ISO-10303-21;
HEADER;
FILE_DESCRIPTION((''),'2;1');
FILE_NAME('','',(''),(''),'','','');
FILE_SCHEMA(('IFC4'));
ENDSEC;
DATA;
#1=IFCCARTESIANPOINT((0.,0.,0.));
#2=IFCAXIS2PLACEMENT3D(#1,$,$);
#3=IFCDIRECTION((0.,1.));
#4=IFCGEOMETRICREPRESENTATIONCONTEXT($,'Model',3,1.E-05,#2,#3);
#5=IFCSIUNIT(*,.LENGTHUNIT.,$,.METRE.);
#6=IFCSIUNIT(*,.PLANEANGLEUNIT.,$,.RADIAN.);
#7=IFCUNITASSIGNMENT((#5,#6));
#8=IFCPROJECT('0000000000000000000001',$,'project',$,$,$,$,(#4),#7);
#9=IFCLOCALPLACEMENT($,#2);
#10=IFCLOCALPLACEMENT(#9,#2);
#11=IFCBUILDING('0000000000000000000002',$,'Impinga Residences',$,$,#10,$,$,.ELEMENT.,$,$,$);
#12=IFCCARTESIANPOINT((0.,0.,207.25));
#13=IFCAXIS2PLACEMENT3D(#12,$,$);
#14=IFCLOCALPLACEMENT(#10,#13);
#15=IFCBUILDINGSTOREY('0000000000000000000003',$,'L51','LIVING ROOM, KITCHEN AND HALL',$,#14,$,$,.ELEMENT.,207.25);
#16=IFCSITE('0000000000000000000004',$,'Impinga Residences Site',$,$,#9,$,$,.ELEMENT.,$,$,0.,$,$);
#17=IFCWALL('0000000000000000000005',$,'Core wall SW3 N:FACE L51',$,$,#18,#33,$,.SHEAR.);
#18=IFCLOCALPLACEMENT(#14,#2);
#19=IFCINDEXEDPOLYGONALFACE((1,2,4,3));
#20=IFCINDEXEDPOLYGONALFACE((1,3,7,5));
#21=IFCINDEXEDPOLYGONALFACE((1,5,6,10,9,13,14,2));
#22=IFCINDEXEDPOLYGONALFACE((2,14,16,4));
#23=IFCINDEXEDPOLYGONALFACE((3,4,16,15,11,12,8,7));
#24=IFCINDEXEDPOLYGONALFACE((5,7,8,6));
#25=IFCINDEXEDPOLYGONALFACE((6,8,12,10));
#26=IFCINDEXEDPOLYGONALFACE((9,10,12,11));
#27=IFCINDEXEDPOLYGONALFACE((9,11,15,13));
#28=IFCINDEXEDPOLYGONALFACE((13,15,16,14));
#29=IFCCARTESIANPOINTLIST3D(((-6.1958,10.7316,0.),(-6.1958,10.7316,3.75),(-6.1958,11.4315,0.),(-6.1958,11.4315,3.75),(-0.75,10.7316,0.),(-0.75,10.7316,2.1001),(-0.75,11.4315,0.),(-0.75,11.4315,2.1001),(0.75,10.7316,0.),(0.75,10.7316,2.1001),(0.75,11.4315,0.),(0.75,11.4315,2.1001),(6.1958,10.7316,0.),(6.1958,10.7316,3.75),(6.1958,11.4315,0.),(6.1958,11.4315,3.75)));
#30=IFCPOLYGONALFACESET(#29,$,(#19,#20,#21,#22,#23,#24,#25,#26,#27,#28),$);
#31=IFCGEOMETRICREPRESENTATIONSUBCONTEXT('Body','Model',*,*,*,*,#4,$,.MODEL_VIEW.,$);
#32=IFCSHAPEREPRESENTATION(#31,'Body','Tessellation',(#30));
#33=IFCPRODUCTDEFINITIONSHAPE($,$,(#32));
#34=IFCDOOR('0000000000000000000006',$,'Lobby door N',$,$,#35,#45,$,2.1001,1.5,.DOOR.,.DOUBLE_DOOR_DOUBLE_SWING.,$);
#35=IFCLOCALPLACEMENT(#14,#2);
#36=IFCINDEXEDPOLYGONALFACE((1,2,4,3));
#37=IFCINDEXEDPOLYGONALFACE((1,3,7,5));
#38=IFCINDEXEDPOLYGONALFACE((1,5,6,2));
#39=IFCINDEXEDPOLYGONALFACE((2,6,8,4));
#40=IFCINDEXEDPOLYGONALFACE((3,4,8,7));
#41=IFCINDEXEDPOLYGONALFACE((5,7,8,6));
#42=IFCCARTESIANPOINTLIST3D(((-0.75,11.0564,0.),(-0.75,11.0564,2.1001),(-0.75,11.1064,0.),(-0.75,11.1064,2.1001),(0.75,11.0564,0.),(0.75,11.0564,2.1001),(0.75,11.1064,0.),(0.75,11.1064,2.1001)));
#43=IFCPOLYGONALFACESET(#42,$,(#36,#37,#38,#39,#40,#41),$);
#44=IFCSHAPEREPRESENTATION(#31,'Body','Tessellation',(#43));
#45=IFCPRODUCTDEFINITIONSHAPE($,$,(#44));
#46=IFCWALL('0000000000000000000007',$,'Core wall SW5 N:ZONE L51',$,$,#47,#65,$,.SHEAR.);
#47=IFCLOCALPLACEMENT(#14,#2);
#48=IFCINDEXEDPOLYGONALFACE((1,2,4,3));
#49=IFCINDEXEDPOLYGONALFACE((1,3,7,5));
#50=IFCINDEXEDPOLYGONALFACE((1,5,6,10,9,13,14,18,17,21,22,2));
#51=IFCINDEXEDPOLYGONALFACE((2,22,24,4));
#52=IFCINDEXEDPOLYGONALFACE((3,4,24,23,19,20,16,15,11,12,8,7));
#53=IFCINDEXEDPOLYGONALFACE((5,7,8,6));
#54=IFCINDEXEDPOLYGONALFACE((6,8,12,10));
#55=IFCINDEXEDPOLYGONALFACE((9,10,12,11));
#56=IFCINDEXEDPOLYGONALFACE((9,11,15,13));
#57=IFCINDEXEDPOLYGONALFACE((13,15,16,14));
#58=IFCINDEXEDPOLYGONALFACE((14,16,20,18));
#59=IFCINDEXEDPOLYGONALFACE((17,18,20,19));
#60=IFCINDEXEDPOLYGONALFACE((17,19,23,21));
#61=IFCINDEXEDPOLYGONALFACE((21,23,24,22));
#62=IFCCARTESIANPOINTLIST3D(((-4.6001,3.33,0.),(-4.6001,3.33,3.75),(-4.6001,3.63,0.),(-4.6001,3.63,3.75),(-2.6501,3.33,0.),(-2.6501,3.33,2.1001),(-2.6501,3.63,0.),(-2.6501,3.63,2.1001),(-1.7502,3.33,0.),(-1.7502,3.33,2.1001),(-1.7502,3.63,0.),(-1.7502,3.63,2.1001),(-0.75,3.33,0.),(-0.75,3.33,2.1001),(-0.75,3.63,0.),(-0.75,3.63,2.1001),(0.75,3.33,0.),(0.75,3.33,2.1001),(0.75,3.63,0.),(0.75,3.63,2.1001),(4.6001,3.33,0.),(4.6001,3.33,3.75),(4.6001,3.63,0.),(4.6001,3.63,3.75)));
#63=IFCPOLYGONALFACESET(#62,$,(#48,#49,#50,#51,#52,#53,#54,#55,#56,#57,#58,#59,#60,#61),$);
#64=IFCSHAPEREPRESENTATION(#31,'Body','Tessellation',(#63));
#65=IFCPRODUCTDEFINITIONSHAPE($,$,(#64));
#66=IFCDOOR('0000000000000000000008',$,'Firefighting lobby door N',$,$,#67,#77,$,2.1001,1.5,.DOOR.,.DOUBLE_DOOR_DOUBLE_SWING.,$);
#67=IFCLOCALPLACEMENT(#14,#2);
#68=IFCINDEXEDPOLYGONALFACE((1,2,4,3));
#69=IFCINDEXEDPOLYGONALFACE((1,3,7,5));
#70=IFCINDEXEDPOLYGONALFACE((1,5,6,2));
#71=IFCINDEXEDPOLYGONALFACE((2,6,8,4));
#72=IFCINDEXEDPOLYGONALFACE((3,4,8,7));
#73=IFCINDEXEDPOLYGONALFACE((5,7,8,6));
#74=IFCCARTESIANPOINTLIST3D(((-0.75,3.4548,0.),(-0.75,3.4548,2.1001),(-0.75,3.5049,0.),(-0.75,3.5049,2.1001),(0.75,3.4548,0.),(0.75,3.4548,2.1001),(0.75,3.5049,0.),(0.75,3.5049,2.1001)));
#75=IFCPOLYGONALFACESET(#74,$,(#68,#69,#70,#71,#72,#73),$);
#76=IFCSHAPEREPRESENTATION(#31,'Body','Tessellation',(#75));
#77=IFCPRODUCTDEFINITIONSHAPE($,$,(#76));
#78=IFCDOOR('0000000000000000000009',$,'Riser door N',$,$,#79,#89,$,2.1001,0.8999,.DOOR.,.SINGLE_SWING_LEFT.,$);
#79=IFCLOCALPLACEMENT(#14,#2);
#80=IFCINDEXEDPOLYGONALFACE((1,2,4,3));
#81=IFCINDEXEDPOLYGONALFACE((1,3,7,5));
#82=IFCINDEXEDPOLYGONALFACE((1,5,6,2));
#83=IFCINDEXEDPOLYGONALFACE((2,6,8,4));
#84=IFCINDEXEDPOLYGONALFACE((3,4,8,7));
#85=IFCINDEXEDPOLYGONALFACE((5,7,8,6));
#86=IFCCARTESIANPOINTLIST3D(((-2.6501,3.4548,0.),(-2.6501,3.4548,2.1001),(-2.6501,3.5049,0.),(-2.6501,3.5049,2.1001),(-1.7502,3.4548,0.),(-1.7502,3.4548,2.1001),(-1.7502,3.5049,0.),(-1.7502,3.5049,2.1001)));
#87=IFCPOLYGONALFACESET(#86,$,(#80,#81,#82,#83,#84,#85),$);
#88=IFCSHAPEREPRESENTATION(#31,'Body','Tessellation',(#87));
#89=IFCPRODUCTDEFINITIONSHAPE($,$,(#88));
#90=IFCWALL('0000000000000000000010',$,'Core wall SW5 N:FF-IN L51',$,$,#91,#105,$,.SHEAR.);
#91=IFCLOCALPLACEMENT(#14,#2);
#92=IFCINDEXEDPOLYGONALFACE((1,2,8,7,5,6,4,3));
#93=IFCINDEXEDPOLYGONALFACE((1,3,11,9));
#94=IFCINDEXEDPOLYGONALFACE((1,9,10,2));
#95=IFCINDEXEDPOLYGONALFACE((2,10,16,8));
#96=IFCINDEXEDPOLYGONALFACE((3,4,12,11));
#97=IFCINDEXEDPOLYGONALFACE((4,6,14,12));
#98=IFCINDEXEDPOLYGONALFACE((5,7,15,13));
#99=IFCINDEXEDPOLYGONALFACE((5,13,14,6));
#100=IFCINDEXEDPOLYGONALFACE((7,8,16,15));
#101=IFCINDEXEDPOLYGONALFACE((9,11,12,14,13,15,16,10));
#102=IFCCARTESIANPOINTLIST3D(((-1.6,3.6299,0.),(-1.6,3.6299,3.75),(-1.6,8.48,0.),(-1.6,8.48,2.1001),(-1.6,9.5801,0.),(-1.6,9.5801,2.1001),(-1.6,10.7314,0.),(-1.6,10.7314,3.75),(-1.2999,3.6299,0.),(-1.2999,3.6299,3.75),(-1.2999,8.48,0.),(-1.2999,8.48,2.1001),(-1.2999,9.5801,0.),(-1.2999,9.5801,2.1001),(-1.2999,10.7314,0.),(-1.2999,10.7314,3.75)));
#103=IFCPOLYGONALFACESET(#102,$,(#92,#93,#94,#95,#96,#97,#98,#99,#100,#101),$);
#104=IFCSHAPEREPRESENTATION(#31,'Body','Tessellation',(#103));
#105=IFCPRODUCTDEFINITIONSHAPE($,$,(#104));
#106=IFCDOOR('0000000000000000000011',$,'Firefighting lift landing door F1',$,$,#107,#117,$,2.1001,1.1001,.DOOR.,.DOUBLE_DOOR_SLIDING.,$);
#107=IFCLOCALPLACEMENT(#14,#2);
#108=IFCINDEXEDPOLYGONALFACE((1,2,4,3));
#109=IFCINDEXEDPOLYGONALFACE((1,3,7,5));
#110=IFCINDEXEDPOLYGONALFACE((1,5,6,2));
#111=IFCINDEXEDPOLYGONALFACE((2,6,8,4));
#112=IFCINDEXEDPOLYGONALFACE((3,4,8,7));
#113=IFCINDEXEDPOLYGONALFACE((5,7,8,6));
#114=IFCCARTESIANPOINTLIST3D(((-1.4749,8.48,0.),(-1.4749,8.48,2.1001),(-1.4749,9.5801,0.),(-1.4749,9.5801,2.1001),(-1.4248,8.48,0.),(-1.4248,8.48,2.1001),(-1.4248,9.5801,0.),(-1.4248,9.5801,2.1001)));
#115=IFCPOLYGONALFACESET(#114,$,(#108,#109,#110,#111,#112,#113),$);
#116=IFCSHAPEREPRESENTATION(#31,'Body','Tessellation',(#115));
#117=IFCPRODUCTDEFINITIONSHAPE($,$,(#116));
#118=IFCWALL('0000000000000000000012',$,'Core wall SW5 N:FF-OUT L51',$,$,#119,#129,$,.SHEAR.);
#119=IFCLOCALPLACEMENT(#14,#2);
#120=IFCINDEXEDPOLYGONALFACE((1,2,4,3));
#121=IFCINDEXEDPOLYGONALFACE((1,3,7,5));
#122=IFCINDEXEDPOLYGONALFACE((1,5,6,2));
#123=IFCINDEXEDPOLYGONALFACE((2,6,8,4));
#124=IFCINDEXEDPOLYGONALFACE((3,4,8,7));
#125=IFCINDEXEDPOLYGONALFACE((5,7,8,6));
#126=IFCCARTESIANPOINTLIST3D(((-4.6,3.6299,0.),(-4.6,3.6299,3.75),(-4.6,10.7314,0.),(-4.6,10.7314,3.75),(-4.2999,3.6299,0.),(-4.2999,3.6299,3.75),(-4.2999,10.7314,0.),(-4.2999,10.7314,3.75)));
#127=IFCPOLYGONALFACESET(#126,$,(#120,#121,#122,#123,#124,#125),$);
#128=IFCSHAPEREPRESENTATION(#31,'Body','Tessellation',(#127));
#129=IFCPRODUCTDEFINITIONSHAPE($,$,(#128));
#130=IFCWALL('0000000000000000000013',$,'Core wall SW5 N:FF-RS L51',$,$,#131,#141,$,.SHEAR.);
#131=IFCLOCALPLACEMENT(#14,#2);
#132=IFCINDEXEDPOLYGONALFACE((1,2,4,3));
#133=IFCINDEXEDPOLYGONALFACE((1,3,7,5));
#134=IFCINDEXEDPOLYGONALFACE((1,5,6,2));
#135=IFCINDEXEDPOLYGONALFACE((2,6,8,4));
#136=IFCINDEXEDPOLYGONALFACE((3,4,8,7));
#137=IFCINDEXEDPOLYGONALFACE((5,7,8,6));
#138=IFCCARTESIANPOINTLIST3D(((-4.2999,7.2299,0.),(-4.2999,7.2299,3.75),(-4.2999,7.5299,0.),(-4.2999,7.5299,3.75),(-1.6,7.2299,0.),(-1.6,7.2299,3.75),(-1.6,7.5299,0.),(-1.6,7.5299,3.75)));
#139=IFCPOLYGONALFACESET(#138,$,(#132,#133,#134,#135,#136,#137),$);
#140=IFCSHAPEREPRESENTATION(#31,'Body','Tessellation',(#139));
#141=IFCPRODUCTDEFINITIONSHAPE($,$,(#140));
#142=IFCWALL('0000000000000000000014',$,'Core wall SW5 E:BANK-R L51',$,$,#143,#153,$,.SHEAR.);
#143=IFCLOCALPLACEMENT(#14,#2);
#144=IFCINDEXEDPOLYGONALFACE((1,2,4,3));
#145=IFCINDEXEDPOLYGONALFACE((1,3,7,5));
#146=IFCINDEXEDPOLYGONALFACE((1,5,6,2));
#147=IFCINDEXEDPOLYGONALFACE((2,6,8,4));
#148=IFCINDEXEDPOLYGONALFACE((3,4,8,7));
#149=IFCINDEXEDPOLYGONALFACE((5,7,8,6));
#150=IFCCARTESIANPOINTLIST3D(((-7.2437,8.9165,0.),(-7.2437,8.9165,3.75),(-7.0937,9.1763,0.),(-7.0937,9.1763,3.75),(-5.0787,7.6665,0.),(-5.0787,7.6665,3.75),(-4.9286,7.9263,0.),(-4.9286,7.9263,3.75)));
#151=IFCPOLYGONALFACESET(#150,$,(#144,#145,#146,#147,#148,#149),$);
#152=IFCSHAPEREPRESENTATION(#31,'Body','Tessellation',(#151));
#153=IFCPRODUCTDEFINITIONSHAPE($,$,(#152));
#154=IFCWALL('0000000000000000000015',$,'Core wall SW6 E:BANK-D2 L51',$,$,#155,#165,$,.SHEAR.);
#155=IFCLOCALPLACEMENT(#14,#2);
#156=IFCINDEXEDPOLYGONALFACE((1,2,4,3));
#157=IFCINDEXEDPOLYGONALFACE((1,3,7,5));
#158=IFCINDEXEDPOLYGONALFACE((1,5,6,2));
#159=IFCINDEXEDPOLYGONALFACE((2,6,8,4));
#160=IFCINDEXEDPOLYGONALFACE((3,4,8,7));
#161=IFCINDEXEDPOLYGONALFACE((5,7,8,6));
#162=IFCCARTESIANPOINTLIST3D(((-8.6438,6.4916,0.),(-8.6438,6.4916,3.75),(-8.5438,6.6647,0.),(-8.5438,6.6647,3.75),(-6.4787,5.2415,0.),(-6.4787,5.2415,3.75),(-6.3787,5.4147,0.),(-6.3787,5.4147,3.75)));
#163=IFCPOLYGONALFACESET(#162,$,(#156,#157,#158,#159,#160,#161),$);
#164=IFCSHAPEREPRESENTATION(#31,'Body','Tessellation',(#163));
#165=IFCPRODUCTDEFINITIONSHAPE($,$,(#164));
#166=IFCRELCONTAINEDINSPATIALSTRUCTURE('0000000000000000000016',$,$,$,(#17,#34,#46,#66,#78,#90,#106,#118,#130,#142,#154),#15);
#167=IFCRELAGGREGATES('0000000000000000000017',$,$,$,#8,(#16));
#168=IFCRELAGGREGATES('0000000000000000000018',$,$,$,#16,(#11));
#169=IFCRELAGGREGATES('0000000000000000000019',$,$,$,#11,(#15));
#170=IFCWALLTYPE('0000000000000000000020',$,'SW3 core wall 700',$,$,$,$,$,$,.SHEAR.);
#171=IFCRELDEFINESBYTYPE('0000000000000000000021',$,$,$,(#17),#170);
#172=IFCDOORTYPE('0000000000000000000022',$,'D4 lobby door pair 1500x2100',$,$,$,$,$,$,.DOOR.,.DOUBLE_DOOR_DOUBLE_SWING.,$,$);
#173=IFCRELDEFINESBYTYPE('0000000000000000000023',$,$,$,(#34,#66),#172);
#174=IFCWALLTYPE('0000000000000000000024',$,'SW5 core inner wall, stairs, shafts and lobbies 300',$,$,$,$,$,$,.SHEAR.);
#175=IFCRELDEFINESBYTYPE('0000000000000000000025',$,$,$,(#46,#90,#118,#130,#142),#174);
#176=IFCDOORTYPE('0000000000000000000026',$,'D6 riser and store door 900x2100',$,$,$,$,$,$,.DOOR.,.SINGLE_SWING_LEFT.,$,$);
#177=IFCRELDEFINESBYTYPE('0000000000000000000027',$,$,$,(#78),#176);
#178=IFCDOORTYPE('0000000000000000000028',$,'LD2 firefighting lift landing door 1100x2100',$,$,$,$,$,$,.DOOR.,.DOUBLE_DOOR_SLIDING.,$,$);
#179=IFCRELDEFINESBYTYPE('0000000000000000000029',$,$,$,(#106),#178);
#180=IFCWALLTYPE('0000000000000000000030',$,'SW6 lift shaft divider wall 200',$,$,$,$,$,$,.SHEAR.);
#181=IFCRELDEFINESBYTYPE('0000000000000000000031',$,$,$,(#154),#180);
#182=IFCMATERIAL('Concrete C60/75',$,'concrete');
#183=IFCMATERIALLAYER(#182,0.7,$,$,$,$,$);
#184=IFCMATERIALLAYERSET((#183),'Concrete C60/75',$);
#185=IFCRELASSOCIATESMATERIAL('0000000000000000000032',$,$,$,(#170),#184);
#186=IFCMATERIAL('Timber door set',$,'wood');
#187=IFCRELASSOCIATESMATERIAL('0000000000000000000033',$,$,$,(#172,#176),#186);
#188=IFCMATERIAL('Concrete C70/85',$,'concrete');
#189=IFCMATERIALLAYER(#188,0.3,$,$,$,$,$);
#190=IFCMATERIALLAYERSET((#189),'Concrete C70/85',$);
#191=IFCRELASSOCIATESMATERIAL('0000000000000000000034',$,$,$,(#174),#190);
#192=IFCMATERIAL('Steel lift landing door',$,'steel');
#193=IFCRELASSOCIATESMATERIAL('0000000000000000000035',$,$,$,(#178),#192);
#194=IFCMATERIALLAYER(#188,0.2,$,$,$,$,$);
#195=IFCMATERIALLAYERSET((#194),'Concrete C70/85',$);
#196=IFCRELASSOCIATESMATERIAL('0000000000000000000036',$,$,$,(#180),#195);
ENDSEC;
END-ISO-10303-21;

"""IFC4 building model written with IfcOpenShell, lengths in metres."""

from ifc_helpers import new_model, si_unit, direction, frame, frame_2d, origin, place, context, subcontext, project, spatial, rectangle, extrude, material, layer, layer_set, type_object, element, fill, save


model = new_model("IFC4")

# Units and contexts
model_context = context("Model", 3, precision=1e-05, world=origin(), true_north=direction((0.0, 1.0)))
body_context = subcontext(model_context, "Body", "Model", "MODEL_VIEW")
ifc_project = project(units=[si_unit("LENGTHUNIT", "METRE"), si_unit("PLANEANGLEUNIT", "RADIAN")], contexts=[model_context])

# Site, building, storey
site_placement = place(None, origin())
site = spatial("IfcSite", under=ifc_project, at=site_placement, Name="Impinga Residences Site", CompositionType="ELEMENT", RefElevation=0.0)
building_placement = place(site_placement, origin())
building = spatial("IfcBuilding", under=site, at=building_placement, Name="Impinga Residences", CompositionType="ELEMENT")
storey_placement = place(building_placement, frame((0.0, 0.0, 207.25)))
storey = spatial("IfcBuildingStorey", under=building, at=storey_placement, Name="L51", Description="LIVING ROOM, KITCHEN AND HALL", CompositionType="ELEMENT", Elevation=207.25)

# Shared definitions
ifc_material_1 = material(Name="Concrete C60/75", Category="concrete")
ifc_material_2 = material(Name="Timber door set", Category="wood")

# Wall, opening, door
ifc_layer_1 = layer(ifc_material_1, 0.7)
ifc_layer_set_1 = layer_set([ifc_layer_1], Name="Concrete C60/75")
wall_type_1 = type_object("IfcWallType", Name="SW3 core wall 700", PredefinedType="SHEAR", material=ifc_layer_set_1)
wall_1_placement = place(storey_placement, frame((-6.1958, 11.0815, 0.0), z_axis=(0.0, 0.0, 1.0), x_axis=(1.0, 0.0, 0.0)))
wall_1 = element("IfcWall", 1, at=wall_1_placement, inside=storey, type_object=wall_type_1, Name="Core wall SW3 N:FACE L51", PredefinedType="SHEAR", context=body_context, shape_type="SweptSolid", body=[
    extrude(rectangle(XDim=12.3916, YDim=0.7, at=frame_2d((6.1958, 0.0))), origin(), (0.0, 0.0, 1.0), 3.75),
])
opening_1_placement = place(wall_1_placement, frame((5.4458, 0.0, 0.0)))
opening_1 = element("IfcOpeningElement", 2, at=opening_1_placement, cuts=wall_1, PredefinedType="OPENING", context=body_context, shape_type="SweptSolid", body=[
    extrude(rectangle(XDim=1.5, YDim=2.1001, at=frame_2d((0.75, 1.05))), frame((0.0, 0.3599, 0.0), z_axis=(0.0, -1.0, 0.0), x_axis=(1.0, 0.0, 0.0)), (0.0, 0.0, 1.0), 0.72),
])
door_type_1 = type_object("IfcDoorType", Name="D4 lobby door pair 1500x2100", OperationType="DOUBLE_DOOR_DOUBLE_SWING", PredefinedType="DOOR", material=ifc_material_2)
door_1_placement = place(opening_1_placement, origin())
door_1 = element("IfcDoor", 3, at=door_1_placement, inside=storey, type_object=door_type_1, Name="Lobby door N", OperationType="DOUBLE_DOOR_DOUBLE_SWING", OverallHeight=2.1001, OverallWidth=1.5, PredefinedType="DOOR", context=body_context, shape_type="SweptSolid", body=[
    extrude(rectangle(XDim=1.5, YDim=2.1001, at=frame_2d((0.75, 1.05))), frame((0.0, 0.0249, 0.0), z_axis=(0.0, -1.0, 0.0), x_axis=(1.0, 0.0, 0.0)), (0.0, 0.0, 1.0), 0.05),
])
fill(opening_1, door_1)

# Wall, openings, doors
ifc_material_3 = material(Name="Concrete C70/85", Category="concrete")
ifc_layer_2 = layer(ifc_material_3, 0.3)
ifc_layer_set_2 = layer_set([ifc_layer_2], Name="Concrete C70/85")
wall_type_2 = type_object("IfcWallType", Name="SW5 core inner wall, stairs, shafts and lobbies 300", PredefinedType="SHEAR", material=ifc_layer_set_2)
wall_2_placement = place(storey_placement, frame((-4.6001, 3.48, 0.0), z_axis=(0.0, 0.0, 1.0), x_axis=(1.0, 0.0, 0.0)))
wall_2 = element("IfcWall", 4, at=wall_2_placement, inside=storey, type_object=wall_type_2, Name="Core wall SW5 N:ZONE L51", PredefinedType="SHEAR", context=body_context, shape_type="SweptSolid", body=[
    extrude(rectangle(XDim=9.2002, YDim=0.3, at=frame_2d((4.6001, 0.0))), origin(), (0.0, 0.0, 1.0), 3.75),
])
opening_2_placement = place(wall_2_placement, frame((3.8501, 0.0, 0.0)))
opening_2 = element("IfcOpeningElement", 5, at=opening_2_placement, cuts=wall_2, PredefinedType="OPENING", context=body_context, shape_type="SweptSolid", body=[
    extrude(rectangle(XDim=1.5, YDim=2.1001, at=frame_2d((0.75, 1.05))), frame((0.0, 0.1599, 0.0), z_axis=(0.0, -1.0, 0.0), x_axis=(1.0, 0.0, 0.0)), (0.0, 0.0, 1.0), 0.3201),
])
opening_3_placement = place(wall_2_placement, frame((1.95, 0.0, 0.0)))
opening_3 = element("IfcOpeningElement", 6, at=opening_3_placement, cuts=wall_2, PredefinedType="OPENING", context=body_context, shape_type="SweptSolid", body=[
    extrude(rectangle(XDim=0.8999, YDim=2.1001, at=frame_2d((0.45, 1.05))), frame((0.0, 0.1599, 0.0), z_axis=(0.0, -1.0, 0.0), x_axis=(1.0, 0.0, 0.0)), (0.0, 0.0, 1.0), 0.3201),
])
door_2_placement = place(opening_2_placement, origin())
door_2 = element("IfcDoor", 7, at=door_2_placement, inside=storey, type_object=door_type_1, Name="Firefighting lobby door N", OperationType="DOUBLE_DOOR_DOUBLE_SWING", OverallHeight=2.1001, OverallWidth=1.5, PredefinedType="DOOR", context=body_context, shape_type="SweptSolid", body=[
    extrude(rectangle(XDim=1.5, YDim=2.1001, at=frame_2d((0.75, 1.05))), frame((0.0, 0.0249, 0.0), z_axis=(0.0, -1.0, 0.0), x_axis=(1.0, 0.0, 0.0)), (0.0, 0.0, 1.0), 0.05),
])
fill(opening_2, door_2)
door_type_2 = type_object("IfcDoorType", Name="D6 riser and store door 900x2100", OperationType="SINGLE_SWING_LEFT", PredefinedType="DOOR", material=ifc_material_2)
door_3_placement = place(opening_3_placement, origin())
door_3 = element("IfcDoor", 8, at=door_3_placement, inside=storey, type_object=door_type_2, Name="Riser door N", OperationType="SINGLE_SWING_LEFT", OverallHeight=2.1001, OverallWidth=0.8999, PredefinedType="DOOR", context=body_context, shape_type="SweptSolid", body=[
    extrude(rectangle(XDim=0.8999, YDim=2.1001, at=frame_2d((0.45, 1.05))), frame((0.0, 0.0249, 0.0), z_axis=(0.0, -1.0, 0.0), x_axis=(1.0, 0.0, 0.0)), (0.0, 0.0, 1.0), 0.05),
])
fill(opening_3, door_3)

# Wall, opening, door
wall_3_placement = place(storey_placement, frame((-1.45, 3.6299, 0.0), z_axis=(0.0, 0.0, 1.0), x_axis=(0.0, 1.0, 0.0)))
wall_3 = element("IfcWall", 9, at=wall_3_placement, inside=storey, type_object=wall_type_2, Name="Core wall SW5 N:FF-IN L51", PredefinedType="SHEAR", context=body_context, shape_type="SweptSolid", body=[
    extrude(rectangle(XDim=7.1016, YDim=0.3, at=frame_2d((3.5508, 0.0))), origin(), (0.0, 0.0, 1.0), 3.75),
])
opening_4_placement = place(wall_3_placement, frame((4.8501, 0.0, 0.0)))
opening_4 = element("IfcOpeningElement", 10, at=opening_4_placement, cuts=wall_3, PredefinedType="OPENING", context=body_context, shape_type="SweptSolid", body=[
    extrude(rectangle(XDim=1.1001, YDim=2.1001, at=frame_2d((0.55, 1.05))), frame((0.0, 0.1599, 0.0), z_axis=(0.0, -1.0, 0.0), x_axis=(1.0, 0.0, 0.0)), (0.0, 0.0, 1.0), 0.3201),
])
ifc_material_4 = material(Name="Steel lift landing door", Category="steel")
door_type_3 = type_object("IfcDoorType", Name="LD2 firefighting lift landing door 1100x2100", OperationType="DOUBLE_DOOR_SLIDING", PredefinedType="DOOR", material=ifc_material_4)
door_4_placement = place(opening_4_placement, origin())
door_4 = element("IfcDoor", 11, at=door_4_placement, inside=storey, type_object=door_type_3, Name="Firefighting lift landing door F1", OperationType="DOUBLE_DOOR_SLIDING", OverallHeight=2.1001, OverallWidth=1.1001, PredefinedType="DOOR", context=body_context, shape_type="SweptSolid", body=[
    extrude(rectangle(XDim=1.1001, YDim=2.1001, at=frame_2d((0.55, 1.05))), frame((0.0, 0.0249, 0.0), z_axis=(0.0, -1.0, 0.0), x_axis=(1.0, 0.0, 0.0)), (0.0, 0.0, 1.0), 0.05),
])
fill(opening_4, door_4)

# Walls
wall_4_placement = place(storey_placement, frame((-4.45, 3.6299, 0.0), z_axis=(0.0, 0.0, 1.0), x_axis=(0.0, 1.0, 0.0)))
element("IfcWall", 12, at=wall_4_placement, inside=storey, type_object=wall_type_2, Name="Core wall SW5 N:FF-OUT L51", PredefinedType="SHEAR", context=body_context, shape_type="SweptSolid", body=[
    extrude(rectangle(XDim=7.1016, YDim=0.3, at=frame_2d((3.5508, 0.0))), origin(), (0.0, 0.0, 1.0), 3.75),
])
wall_5_placement = place(storey_placement, frame((-4.3, 7.3799, 0.0), z_axis=(0.0, 0.0, 1.0), x_axis=(1.0, 0.0, 0.0)))
element("IfcWall", 13, at=wall_5_placement, inside=storey, type_object=wall_type_2, Name="Core wall SW5 N:FF-RS L51", PredefinedType="SHEAR", context=body_context, shape_type="SweptSolid", body=[
    extrude(rectangle(XDim=2.7, YDim=0.3, at=frame_2d((1.3501, 0.0))), origin(), (0.0, 0.0, 1.0), 3.75),
])
wall_6_placement = place(storey_placement, frame((-5.0037, 7.7964, 0.0), z_axis=(0.0, 0.0, 1.0), x_axis=(-0.866023, 0.500004, 0.0)))
element("IfcWall", 14, at=wall_6_placement, inside=storey, type_object=wall_type_2, Name="Core wall SW5 E:BANK-R L51", PredefinedType="SHEAR", context=body_context, shape_type="SweptSolid", body=[
    extrude(rectangle(XDim=2.5, YDim=0.3, at=frame_2d((1.25, 0.0))), origin(), (0.0, 0.0, 1.0), 3.75),
])
ifc_layer_3 = layer(ifc_material_3, 0.2)
ifc_layer_set_3 = layer_set([ifc_layer_3], Name="Concrete C70/85")
wall_type_3 = type_object("IfcWallType", Name="SW6 lift shaft divider wall 200", PredefinedType="SHEAR", material=ifc_layer_set_3)
wall_7_placement = place(storey_placement, frame((-6.4287, 5.3281, 0.0), z_axis=(0.0, 0.0, 1.0), x_axis=(-0.866023, 0.500004, 0.0)))
element("IfcWall", 15, at=wall_7_placement, inside=storey, type_object=wall_type_3, Name="Core wall SW6 E:BANK-D2 L51", PredefinedType="SHEAR", context=body_context, shape_type="SweptSolid", body=[
    extrude(rectangle(XDim=2.5, YDim=0.2, at=frame_2d((1.25, 0.0))), origin(), (0.0, 0.0, 1.0), 3.75),
])

save(model, "model.ifc")
